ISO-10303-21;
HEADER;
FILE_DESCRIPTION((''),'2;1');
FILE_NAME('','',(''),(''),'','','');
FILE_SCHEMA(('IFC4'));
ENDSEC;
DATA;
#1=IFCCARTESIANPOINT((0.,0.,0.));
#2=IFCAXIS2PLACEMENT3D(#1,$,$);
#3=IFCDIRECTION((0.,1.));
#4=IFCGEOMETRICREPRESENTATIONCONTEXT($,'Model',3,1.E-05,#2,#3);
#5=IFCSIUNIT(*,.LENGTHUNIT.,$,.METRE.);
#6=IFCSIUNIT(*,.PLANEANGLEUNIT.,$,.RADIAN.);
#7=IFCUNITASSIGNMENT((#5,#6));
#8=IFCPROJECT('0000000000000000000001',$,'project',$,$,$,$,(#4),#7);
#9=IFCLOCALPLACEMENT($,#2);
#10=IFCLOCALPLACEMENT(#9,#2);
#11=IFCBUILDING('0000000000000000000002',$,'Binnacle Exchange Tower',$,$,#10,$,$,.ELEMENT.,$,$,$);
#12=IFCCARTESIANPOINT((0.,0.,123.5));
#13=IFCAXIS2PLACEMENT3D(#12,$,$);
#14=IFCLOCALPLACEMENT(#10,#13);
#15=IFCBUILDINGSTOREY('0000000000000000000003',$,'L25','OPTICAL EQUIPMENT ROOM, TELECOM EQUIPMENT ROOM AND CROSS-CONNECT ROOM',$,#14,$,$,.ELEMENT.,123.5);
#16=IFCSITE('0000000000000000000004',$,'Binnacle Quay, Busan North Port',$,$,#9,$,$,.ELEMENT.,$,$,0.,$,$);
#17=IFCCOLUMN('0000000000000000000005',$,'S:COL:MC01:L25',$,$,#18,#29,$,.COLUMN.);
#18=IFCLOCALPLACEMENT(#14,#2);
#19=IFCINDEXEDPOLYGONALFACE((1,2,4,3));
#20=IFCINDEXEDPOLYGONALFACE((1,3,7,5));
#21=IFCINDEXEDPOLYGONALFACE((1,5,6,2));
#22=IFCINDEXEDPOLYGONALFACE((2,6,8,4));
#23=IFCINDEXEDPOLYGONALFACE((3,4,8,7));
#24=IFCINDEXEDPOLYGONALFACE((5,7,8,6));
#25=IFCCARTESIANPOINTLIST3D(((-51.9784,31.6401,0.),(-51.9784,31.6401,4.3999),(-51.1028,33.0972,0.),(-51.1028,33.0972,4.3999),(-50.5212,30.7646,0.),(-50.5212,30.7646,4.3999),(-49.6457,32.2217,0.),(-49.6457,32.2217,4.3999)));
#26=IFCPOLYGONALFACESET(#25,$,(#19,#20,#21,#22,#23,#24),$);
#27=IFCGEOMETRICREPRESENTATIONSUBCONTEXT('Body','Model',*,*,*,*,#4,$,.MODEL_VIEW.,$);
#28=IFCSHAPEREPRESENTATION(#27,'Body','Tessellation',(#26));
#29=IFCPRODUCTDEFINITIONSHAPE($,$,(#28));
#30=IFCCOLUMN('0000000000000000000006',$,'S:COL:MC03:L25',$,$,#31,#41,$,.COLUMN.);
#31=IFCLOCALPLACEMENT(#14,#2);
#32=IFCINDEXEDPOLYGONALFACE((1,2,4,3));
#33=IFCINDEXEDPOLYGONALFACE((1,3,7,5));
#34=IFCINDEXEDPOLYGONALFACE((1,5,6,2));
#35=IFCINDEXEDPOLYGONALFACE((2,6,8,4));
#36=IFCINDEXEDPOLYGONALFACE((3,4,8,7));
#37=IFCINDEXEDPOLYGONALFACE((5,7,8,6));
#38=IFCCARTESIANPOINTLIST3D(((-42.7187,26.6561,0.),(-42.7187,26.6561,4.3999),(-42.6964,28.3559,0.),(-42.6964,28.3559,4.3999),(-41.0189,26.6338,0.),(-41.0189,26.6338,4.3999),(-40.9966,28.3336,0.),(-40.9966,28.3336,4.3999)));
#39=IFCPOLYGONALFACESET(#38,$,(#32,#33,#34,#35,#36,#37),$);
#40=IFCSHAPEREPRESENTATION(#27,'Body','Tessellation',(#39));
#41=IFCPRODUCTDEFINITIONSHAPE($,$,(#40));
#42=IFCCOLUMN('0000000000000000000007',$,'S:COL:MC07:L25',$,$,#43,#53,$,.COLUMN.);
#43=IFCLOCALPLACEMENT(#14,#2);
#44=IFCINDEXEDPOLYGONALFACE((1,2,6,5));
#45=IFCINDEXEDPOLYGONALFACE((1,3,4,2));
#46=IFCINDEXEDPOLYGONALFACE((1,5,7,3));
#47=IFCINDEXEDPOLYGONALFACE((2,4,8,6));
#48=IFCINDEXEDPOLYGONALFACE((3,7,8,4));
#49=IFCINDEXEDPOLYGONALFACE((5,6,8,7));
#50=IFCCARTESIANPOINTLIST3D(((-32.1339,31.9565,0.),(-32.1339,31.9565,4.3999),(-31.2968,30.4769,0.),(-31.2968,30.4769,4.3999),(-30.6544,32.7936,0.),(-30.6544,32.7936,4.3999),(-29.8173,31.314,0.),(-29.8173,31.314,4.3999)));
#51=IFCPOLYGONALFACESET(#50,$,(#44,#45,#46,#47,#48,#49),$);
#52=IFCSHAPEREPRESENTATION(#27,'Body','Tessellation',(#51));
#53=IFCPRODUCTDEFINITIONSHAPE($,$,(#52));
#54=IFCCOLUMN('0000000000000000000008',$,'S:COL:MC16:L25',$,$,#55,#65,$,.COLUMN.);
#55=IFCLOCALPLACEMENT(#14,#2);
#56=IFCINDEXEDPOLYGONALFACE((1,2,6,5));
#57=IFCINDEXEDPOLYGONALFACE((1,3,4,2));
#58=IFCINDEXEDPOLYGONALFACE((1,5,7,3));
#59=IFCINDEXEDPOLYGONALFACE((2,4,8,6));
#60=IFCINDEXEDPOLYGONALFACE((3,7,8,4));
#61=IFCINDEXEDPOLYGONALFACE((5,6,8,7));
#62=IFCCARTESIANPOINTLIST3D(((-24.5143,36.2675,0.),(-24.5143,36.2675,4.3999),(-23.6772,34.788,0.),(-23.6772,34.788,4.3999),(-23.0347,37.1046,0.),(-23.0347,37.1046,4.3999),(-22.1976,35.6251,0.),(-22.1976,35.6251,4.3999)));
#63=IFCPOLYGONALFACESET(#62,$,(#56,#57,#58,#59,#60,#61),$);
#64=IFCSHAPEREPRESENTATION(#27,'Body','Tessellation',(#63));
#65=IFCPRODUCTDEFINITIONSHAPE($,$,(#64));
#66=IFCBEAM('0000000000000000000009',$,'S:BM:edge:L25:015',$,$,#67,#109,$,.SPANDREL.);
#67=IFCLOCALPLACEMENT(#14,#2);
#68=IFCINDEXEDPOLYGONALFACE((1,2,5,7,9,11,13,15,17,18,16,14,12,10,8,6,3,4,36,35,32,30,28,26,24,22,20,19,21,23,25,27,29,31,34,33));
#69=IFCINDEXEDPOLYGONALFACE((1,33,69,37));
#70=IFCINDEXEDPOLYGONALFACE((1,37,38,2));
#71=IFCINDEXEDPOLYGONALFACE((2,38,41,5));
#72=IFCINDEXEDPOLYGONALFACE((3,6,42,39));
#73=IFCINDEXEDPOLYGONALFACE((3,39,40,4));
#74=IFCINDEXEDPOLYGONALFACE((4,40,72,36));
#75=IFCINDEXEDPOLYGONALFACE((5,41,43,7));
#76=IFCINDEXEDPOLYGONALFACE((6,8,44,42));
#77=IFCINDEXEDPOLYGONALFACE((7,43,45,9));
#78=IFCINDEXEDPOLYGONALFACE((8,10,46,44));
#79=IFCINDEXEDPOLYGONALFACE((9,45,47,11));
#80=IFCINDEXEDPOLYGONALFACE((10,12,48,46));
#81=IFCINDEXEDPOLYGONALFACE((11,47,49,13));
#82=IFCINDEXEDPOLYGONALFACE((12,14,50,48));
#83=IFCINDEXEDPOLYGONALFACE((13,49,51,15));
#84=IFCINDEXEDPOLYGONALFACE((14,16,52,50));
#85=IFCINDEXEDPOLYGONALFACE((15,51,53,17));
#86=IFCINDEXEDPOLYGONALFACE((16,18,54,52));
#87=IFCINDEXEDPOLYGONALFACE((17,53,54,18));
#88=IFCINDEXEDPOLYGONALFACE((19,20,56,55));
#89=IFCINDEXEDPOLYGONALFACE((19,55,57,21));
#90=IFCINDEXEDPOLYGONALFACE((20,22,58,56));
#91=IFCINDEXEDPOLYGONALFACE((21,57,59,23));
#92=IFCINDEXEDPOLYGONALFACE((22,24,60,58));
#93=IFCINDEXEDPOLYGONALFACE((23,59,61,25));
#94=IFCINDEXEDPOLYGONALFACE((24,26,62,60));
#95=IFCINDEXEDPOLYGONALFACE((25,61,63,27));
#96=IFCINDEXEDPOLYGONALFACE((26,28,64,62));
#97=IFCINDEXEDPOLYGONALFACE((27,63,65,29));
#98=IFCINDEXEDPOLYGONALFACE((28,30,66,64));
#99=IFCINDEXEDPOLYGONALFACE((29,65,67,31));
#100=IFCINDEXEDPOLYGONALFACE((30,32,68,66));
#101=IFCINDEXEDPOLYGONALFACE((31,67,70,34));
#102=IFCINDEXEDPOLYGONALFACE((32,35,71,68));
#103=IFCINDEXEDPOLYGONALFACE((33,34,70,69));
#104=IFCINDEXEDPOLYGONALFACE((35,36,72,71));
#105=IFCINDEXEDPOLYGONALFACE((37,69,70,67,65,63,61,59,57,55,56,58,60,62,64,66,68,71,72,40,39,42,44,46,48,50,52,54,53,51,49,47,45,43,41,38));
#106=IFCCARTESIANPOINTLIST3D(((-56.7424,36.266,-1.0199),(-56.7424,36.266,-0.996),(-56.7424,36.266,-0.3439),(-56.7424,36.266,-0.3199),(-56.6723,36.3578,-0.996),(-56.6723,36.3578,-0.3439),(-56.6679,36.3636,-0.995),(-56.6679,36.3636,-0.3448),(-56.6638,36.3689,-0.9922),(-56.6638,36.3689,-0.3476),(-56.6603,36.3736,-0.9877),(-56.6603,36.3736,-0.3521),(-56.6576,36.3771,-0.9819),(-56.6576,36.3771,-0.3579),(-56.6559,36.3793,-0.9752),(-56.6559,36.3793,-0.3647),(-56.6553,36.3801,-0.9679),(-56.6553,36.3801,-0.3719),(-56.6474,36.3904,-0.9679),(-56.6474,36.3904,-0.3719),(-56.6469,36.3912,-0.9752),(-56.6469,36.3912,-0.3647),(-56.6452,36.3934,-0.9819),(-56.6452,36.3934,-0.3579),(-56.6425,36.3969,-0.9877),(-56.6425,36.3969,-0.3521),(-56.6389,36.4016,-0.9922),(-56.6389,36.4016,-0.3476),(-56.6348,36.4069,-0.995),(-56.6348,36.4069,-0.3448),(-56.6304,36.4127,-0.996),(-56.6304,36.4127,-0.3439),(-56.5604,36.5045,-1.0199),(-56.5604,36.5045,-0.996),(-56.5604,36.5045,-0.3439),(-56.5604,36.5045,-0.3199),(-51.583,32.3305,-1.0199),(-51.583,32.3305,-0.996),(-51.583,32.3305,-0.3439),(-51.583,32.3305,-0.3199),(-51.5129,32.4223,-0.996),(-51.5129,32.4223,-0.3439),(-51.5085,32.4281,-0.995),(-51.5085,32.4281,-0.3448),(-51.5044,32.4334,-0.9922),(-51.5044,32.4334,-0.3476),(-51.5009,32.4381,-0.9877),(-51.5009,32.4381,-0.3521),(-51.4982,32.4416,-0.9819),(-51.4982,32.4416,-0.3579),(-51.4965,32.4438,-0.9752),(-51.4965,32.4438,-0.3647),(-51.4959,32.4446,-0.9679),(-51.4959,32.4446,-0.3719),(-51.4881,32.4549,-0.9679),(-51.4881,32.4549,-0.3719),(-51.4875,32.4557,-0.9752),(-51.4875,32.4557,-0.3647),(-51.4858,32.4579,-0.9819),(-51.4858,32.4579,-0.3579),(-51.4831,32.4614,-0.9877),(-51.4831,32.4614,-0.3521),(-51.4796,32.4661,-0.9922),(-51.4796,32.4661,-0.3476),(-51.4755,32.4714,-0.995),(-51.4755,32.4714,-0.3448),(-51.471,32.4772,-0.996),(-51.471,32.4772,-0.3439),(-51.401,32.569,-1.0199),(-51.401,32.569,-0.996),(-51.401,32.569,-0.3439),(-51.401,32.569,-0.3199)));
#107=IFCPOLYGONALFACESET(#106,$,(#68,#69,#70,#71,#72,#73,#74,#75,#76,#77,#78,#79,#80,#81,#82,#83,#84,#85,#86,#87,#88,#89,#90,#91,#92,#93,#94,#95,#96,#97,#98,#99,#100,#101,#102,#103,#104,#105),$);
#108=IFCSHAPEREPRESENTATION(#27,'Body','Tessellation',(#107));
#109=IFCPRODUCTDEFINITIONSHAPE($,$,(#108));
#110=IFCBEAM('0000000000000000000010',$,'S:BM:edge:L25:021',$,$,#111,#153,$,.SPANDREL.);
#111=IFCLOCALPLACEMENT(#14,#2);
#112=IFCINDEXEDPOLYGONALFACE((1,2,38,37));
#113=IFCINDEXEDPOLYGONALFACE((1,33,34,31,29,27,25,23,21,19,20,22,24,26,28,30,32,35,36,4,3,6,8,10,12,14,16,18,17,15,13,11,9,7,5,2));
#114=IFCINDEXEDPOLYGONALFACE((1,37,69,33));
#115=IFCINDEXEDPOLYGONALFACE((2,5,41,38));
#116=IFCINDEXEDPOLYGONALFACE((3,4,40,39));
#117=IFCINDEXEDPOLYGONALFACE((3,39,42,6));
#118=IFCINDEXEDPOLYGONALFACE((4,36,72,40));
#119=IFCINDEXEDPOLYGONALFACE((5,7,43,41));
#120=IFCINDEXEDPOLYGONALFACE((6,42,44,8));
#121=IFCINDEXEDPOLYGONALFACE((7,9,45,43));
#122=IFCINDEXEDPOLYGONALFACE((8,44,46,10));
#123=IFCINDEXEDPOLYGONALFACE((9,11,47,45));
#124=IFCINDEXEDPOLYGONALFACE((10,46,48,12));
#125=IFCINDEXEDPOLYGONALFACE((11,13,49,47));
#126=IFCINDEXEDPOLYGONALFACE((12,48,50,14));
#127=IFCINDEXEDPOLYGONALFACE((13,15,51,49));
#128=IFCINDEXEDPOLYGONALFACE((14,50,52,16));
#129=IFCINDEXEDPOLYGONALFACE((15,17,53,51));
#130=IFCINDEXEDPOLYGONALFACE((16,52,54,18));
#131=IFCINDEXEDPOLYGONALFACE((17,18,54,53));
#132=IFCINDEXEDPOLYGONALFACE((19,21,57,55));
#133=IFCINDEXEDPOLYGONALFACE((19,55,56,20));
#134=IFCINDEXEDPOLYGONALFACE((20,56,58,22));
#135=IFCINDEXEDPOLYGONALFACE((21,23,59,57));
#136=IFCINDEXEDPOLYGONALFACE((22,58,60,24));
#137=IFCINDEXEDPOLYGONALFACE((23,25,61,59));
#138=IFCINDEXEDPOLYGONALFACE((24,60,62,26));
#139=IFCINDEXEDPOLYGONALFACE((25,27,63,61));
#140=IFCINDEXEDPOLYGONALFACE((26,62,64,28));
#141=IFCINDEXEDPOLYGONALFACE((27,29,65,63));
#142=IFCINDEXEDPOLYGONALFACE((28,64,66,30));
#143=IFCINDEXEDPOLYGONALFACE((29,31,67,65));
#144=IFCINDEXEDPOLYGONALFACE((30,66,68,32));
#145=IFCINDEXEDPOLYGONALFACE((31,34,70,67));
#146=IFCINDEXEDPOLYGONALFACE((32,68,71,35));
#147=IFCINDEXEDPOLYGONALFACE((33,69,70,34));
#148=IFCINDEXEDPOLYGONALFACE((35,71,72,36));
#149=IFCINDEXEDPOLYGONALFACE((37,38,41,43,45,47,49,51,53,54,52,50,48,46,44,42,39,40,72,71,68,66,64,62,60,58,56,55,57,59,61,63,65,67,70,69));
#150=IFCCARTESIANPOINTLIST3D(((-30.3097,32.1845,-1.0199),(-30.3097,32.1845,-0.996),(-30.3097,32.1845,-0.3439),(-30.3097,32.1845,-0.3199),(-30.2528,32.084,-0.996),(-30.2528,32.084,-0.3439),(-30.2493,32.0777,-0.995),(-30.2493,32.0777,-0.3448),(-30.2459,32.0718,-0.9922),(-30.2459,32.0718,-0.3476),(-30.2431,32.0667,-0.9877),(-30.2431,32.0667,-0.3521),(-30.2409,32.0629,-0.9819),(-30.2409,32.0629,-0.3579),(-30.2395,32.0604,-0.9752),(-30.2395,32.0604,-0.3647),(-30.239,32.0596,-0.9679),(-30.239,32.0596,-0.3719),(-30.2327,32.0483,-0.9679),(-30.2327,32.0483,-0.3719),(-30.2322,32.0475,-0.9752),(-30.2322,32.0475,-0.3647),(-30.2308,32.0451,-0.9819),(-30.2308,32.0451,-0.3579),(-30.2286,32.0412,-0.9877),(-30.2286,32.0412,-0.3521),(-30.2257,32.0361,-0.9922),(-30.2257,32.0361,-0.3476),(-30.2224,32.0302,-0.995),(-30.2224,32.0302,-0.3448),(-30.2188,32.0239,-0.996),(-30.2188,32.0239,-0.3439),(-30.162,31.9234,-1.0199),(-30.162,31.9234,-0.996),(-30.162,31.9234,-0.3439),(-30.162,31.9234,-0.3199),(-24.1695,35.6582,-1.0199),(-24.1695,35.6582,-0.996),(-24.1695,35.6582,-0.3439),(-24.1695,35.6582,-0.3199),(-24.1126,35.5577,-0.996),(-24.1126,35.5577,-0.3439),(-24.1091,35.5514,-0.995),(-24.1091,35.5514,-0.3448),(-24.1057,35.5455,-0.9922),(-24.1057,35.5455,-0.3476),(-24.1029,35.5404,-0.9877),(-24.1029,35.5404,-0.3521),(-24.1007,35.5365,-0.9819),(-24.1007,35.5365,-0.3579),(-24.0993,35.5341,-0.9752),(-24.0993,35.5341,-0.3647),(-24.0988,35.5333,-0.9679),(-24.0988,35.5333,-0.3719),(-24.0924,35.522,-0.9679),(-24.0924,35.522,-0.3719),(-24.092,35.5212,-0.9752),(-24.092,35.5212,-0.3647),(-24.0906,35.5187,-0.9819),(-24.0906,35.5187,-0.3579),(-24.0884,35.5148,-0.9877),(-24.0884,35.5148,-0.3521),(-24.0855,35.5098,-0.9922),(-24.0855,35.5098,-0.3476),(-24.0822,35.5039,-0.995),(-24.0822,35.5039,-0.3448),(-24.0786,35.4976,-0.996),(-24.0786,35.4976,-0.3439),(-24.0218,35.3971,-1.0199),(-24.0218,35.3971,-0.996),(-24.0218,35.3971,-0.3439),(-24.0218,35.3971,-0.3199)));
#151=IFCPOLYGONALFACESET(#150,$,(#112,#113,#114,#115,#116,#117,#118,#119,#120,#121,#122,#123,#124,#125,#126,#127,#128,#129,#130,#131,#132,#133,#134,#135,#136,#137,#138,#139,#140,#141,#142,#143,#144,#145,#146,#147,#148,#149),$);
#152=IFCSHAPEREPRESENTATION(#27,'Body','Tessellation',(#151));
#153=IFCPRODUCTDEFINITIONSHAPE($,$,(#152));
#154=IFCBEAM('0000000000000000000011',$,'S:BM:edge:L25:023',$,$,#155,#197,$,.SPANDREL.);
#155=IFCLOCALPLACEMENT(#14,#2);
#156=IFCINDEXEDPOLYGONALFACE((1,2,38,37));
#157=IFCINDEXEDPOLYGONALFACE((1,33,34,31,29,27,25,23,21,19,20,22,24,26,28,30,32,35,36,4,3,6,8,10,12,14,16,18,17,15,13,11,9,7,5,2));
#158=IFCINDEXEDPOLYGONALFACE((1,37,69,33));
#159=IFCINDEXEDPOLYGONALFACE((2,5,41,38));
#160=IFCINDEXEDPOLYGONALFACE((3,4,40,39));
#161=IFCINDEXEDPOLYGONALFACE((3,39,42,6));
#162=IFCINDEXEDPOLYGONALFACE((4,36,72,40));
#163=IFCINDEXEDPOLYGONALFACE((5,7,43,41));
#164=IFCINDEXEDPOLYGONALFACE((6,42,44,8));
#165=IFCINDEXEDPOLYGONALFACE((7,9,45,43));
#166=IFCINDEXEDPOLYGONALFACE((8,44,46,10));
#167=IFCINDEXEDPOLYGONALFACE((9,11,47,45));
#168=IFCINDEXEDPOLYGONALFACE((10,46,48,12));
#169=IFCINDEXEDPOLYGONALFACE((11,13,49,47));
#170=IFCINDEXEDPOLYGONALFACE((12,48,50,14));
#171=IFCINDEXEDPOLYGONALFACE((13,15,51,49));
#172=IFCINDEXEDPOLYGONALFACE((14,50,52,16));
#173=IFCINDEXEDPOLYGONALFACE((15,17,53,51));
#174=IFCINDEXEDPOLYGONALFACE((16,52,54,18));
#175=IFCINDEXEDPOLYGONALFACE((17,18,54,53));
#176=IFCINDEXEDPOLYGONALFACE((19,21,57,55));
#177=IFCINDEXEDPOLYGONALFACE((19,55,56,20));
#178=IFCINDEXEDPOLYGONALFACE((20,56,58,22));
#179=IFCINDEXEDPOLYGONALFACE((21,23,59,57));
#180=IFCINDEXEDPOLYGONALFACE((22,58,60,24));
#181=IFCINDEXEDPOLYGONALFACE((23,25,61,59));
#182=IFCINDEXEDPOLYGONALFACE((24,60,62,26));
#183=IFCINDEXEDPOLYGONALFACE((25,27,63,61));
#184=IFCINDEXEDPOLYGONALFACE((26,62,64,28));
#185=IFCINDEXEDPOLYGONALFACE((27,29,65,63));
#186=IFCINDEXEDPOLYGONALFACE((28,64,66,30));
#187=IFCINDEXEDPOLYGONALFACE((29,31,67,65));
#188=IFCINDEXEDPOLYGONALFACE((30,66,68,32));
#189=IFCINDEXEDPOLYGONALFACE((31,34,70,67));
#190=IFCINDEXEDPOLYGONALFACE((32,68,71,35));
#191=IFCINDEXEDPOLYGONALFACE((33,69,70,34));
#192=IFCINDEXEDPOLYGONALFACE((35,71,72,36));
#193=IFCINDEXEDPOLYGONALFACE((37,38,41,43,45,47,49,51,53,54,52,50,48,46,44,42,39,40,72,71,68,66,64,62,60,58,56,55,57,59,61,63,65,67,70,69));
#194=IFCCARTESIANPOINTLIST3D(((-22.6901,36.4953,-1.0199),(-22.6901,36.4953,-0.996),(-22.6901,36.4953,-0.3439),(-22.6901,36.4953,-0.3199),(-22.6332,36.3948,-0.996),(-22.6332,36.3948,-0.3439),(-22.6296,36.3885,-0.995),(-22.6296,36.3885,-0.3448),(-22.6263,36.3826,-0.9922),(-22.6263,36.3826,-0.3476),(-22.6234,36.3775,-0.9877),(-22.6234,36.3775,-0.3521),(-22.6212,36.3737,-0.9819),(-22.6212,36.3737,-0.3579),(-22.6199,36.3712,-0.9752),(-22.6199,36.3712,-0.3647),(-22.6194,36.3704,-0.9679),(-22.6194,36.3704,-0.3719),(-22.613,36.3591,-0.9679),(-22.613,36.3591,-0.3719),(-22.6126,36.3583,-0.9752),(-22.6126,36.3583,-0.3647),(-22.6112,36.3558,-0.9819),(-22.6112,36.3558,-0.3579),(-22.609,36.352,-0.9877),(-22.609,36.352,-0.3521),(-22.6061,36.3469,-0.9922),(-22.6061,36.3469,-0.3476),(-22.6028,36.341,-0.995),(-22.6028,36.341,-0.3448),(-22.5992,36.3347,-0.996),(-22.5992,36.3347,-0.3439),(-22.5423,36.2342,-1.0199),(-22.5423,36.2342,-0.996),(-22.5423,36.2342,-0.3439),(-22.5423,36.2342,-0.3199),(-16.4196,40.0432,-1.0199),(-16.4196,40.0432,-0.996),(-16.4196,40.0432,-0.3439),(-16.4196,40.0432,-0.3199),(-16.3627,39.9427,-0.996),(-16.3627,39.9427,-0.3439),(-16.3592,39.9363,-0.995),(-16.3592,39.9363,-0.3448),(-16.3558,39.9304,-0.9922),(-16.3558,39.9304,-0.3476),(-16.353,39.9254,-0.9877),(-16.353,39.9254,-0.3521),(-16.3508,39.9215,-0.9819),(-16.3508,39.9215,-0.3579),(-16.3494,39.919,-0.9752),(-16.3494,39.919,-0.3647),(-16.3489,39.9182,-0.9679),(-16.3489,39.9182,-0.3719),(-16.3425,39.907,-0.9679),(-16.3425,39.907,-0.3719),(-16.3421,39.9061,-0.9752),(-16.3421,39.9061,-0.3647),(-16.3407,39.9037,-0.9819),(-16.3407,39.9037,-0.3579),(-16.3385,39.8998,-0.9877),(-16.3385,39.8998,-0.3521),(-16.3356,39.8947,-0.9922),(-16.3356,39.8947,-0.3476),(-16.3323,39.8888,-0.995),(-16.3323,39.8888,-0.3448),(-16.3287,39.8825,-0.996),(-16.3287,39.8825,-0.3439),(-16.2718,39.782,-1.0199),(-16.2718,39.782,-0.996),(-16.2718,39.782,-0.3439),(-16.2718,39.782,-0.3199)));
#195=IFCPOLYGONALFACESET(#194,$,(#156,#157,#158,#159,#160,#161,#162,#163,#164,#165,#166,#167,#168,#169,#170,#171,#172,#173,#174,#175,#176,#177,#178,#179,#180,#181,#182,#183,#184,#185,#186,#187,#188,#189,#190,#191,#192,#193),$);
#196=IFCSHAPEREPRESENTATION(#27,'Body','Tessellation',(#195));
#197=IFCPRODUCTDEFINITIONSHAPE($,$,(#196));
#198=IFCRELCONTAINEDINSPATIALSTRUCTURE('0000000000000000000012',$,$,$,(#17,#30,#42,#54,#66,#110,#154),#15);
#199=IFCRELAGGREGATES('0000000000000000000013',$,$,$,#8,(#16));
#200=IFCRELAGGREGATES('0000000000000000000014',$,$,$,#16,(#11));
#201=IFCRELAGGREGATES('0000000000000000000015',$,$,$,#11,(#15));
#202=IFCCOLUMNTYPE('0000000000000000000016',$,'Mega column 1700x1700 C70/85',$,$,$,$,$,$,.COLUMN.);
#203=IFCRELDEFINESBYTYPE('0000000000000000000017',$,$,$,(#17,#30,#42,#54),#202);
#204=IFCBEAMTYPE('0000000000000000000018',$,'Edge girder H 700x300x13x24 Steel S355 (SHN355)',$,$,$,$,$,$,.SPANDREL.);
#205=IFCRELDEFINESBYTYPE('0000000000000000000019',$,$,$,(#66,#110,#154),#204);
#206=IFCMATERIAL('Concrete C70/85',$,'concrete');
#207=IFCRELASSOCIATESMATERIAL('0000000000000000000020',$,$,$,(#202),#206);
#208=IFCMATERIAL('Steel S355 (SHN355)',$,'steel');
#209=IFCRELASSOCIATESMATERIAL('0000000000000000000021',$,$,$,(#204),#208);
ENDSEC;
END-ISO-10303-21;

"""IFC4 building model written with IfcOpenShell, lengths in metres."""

from ifc_helpers import new_model, si_unit, direction, frame, origin, origin_2d, place, context, subcontext, project, spatial, rectangle, i_section, extrude, material, material_profile, profile_set, type_object, element, save


model = new_model("IFC4")

# Units and contexts
model_context = context("Model", 3, precision=1e-05, world=origin(), true_north=direction((0.0, 1.0)))
body_context = subcontext(model_context, "Body", "Model", "MODEL_VIEW")
ifc_project = project(units=[si_unit("LENGTHUNIT", "METRE"), si_unit("PLANEANGLEUNIT", "RADIAN")], contexts=[model_context])

# Site, building, storey
site_placement = place(None, origin())
site = spatial("IfcSite", under=ifc_project, at=site_placement, Name="Binnacle Quay, Busan North Port", CompositionType="ELEMENT", RefElevation=0.0)
building_placement = place(site_placement, origin())
building = spatial("IfcBuilding", under=site, at=building_placement, Name="Binnacle Exchange Tower", CompositionType="ELEMENT")
storey_placement = place(building_placement, frame((0.0, 0.0, 123.5)))
storey = spatial("IfcBuildingStorey", under=building, at=storey_placement, Name="L25", Description="OPTICAL EQUIPMENT ROOM, TELECOM EQUIPMENT ROOM AND CROSS-CONNECT ROOM", CompositionType="ELEMENT", Elevation=123.5)

# Columns
ifc_material_1 = material(Name="Concrete C70/85", Category="concrete")
ifc_material_profile_1 = material_profile(ifc_material_1, rectangle(XDim=1.7, YDim=1.7, at=origin_2d()), Name="Mega column 1700x1700 C70/85")
ifc_profile_set_1 = profile_set([ifc_material_profile_1], Name="Concrete C70/85")
column_type = type_object("IfcColumnType", Name="Mega column 1700x1700 C70/85", PredefinedType="COLUMN", material=ifc_profile_set_1)
for number, where, z_axis, x_axis, name in (
    (1, (-50.812, 31.9309, 0.0), (0.0, 0.0, 1.0), (0.857167, -0.515038, 0.0), "S:COL:MC01:L25"),
    (2, (-41.8577, 27.4949, 0.0), (0.0, 0.0, 1.0), (0.999914, -0.01309, 0.0), "S:COL:MC03:L25"),
    (3, (-30.9756, 31.6353, 0.0), (0.0, 0.0, 1.0), (0.870356, 0.492424, 0.0), "S:COL:MC07:L25"),
    (4, (-23.356, 35.9463, 0.0), (0.0, 0.0, 1.0), (0.870356, 0.492424, 0.0), "S:COL:MC16:L25"),
):
    element("IfcColumn", number, at=place(storey_placement, frame(where, z_axis=z_axis, x_axis=x_axis)), inside=storey, type_object=column_type, Name=name, PredefinedType="COLUMN", context=body_context, shape_type="SweptSolid", body=[
        extrude(rectangle(XDim=1.7, YDim=1.7, at=origin_2d()), origin(), (0.0, 0.0, 1.0), 4.3999),
    ])

# Beams
ifc_material_2 = material(Name="Steel S355 (SHN355)", Category="steel")
ifc_material_profile_2 = material_profile(ifc_material_2, i_section(OverallWidth=0.3, OverallDepth=0.7, WebThickness=0.0129, FlangeThickness=0.0239, FilletRadius=0.0281, at=origin_2d()), Name="H 700x300x13x24")
ifc_profile_set_2 = profile_set([ifc_material_profile_2], Name="Steel S355 (SHN355)")
beam_type_1 = type_object("IfcBeamType", Name="Edge girder H 700x300x13x24 Steel S355 (SHN355)", PredefinedType="SPANDREL", material=ifc_profile_set_2)
beam_1_placement = place(storey_placement, frame((-56.6514, 36.3853, -0.6699), z_axis=(0.795093, -0.606487, 0.0), x_axis=(0.606487, 0.795093, 0.0)))
element("IfcBeam", 5, at=beam_1_placement, inside=storey, type_object=beam_type_1, Name="S:BM:edge:L25:015", PredefinedType="SPANDREL", context=body_context, shape_type="SweptSolid", body=[
    extrude(i_section(OverallWidth=0.3, OverallDepth=0.7, WebThickness=0.0129, FlangeThickness=0.0239, FilletRadius=0.0281, at=origin_2d()), origin(), (0.0, 0.0, 1.0), 6.489),
])
beam_2_placement = place(storey_placement, frame((-30.2358, 32.054, -0.6699), z_axis=(0.870373, 0.492392, 0.0), x_axis=(-0.492392, 0.870373, 0.0)))
element("IfcBeam", 6, at=beam_2_placement, inside=storey, type_object=beam_type_1, Name="S:BM:edge:L25:021", PredefinedType="SPANDREL", context=body_context, shape_type="SweptSolid", body=[
    extrude(i_section(OverallWidth=0.3, OverallDepth=0.7, WebThickness=0.0129, FlangeThickness=0.0239, FilletRadius=0.0281, at=origin_2d()), origin(), (0.0, 0.0, 1.0), 7.0547),
])
beam_3_placement = place(storey_placement, frame((-22.6162, 36.3647, -0.6699), z_axis=(0.870346, 0.492441, 0.0), x_axis=(-0.492441, 0.870346, 0.0)))
element("IfcBeam", 7, at=beam_3_placement, inside=storey, type_object=beam_type_1, Name="S:BM:edge:L25:023", PredefinedType="SPANDREL", context=body_context, shape_type="SweptSolid", body=[
    extrude(i_section(OverallWidth=0.3, OverallDepth=0.7, WebThickness=0.0129, FlangeThickness=0.0239, FilletRadius=0.0281, at=origin_2d()), origin(), (0.0, 0.0, 1.0), 7.2046),
])

save(model, "model.ifc")
